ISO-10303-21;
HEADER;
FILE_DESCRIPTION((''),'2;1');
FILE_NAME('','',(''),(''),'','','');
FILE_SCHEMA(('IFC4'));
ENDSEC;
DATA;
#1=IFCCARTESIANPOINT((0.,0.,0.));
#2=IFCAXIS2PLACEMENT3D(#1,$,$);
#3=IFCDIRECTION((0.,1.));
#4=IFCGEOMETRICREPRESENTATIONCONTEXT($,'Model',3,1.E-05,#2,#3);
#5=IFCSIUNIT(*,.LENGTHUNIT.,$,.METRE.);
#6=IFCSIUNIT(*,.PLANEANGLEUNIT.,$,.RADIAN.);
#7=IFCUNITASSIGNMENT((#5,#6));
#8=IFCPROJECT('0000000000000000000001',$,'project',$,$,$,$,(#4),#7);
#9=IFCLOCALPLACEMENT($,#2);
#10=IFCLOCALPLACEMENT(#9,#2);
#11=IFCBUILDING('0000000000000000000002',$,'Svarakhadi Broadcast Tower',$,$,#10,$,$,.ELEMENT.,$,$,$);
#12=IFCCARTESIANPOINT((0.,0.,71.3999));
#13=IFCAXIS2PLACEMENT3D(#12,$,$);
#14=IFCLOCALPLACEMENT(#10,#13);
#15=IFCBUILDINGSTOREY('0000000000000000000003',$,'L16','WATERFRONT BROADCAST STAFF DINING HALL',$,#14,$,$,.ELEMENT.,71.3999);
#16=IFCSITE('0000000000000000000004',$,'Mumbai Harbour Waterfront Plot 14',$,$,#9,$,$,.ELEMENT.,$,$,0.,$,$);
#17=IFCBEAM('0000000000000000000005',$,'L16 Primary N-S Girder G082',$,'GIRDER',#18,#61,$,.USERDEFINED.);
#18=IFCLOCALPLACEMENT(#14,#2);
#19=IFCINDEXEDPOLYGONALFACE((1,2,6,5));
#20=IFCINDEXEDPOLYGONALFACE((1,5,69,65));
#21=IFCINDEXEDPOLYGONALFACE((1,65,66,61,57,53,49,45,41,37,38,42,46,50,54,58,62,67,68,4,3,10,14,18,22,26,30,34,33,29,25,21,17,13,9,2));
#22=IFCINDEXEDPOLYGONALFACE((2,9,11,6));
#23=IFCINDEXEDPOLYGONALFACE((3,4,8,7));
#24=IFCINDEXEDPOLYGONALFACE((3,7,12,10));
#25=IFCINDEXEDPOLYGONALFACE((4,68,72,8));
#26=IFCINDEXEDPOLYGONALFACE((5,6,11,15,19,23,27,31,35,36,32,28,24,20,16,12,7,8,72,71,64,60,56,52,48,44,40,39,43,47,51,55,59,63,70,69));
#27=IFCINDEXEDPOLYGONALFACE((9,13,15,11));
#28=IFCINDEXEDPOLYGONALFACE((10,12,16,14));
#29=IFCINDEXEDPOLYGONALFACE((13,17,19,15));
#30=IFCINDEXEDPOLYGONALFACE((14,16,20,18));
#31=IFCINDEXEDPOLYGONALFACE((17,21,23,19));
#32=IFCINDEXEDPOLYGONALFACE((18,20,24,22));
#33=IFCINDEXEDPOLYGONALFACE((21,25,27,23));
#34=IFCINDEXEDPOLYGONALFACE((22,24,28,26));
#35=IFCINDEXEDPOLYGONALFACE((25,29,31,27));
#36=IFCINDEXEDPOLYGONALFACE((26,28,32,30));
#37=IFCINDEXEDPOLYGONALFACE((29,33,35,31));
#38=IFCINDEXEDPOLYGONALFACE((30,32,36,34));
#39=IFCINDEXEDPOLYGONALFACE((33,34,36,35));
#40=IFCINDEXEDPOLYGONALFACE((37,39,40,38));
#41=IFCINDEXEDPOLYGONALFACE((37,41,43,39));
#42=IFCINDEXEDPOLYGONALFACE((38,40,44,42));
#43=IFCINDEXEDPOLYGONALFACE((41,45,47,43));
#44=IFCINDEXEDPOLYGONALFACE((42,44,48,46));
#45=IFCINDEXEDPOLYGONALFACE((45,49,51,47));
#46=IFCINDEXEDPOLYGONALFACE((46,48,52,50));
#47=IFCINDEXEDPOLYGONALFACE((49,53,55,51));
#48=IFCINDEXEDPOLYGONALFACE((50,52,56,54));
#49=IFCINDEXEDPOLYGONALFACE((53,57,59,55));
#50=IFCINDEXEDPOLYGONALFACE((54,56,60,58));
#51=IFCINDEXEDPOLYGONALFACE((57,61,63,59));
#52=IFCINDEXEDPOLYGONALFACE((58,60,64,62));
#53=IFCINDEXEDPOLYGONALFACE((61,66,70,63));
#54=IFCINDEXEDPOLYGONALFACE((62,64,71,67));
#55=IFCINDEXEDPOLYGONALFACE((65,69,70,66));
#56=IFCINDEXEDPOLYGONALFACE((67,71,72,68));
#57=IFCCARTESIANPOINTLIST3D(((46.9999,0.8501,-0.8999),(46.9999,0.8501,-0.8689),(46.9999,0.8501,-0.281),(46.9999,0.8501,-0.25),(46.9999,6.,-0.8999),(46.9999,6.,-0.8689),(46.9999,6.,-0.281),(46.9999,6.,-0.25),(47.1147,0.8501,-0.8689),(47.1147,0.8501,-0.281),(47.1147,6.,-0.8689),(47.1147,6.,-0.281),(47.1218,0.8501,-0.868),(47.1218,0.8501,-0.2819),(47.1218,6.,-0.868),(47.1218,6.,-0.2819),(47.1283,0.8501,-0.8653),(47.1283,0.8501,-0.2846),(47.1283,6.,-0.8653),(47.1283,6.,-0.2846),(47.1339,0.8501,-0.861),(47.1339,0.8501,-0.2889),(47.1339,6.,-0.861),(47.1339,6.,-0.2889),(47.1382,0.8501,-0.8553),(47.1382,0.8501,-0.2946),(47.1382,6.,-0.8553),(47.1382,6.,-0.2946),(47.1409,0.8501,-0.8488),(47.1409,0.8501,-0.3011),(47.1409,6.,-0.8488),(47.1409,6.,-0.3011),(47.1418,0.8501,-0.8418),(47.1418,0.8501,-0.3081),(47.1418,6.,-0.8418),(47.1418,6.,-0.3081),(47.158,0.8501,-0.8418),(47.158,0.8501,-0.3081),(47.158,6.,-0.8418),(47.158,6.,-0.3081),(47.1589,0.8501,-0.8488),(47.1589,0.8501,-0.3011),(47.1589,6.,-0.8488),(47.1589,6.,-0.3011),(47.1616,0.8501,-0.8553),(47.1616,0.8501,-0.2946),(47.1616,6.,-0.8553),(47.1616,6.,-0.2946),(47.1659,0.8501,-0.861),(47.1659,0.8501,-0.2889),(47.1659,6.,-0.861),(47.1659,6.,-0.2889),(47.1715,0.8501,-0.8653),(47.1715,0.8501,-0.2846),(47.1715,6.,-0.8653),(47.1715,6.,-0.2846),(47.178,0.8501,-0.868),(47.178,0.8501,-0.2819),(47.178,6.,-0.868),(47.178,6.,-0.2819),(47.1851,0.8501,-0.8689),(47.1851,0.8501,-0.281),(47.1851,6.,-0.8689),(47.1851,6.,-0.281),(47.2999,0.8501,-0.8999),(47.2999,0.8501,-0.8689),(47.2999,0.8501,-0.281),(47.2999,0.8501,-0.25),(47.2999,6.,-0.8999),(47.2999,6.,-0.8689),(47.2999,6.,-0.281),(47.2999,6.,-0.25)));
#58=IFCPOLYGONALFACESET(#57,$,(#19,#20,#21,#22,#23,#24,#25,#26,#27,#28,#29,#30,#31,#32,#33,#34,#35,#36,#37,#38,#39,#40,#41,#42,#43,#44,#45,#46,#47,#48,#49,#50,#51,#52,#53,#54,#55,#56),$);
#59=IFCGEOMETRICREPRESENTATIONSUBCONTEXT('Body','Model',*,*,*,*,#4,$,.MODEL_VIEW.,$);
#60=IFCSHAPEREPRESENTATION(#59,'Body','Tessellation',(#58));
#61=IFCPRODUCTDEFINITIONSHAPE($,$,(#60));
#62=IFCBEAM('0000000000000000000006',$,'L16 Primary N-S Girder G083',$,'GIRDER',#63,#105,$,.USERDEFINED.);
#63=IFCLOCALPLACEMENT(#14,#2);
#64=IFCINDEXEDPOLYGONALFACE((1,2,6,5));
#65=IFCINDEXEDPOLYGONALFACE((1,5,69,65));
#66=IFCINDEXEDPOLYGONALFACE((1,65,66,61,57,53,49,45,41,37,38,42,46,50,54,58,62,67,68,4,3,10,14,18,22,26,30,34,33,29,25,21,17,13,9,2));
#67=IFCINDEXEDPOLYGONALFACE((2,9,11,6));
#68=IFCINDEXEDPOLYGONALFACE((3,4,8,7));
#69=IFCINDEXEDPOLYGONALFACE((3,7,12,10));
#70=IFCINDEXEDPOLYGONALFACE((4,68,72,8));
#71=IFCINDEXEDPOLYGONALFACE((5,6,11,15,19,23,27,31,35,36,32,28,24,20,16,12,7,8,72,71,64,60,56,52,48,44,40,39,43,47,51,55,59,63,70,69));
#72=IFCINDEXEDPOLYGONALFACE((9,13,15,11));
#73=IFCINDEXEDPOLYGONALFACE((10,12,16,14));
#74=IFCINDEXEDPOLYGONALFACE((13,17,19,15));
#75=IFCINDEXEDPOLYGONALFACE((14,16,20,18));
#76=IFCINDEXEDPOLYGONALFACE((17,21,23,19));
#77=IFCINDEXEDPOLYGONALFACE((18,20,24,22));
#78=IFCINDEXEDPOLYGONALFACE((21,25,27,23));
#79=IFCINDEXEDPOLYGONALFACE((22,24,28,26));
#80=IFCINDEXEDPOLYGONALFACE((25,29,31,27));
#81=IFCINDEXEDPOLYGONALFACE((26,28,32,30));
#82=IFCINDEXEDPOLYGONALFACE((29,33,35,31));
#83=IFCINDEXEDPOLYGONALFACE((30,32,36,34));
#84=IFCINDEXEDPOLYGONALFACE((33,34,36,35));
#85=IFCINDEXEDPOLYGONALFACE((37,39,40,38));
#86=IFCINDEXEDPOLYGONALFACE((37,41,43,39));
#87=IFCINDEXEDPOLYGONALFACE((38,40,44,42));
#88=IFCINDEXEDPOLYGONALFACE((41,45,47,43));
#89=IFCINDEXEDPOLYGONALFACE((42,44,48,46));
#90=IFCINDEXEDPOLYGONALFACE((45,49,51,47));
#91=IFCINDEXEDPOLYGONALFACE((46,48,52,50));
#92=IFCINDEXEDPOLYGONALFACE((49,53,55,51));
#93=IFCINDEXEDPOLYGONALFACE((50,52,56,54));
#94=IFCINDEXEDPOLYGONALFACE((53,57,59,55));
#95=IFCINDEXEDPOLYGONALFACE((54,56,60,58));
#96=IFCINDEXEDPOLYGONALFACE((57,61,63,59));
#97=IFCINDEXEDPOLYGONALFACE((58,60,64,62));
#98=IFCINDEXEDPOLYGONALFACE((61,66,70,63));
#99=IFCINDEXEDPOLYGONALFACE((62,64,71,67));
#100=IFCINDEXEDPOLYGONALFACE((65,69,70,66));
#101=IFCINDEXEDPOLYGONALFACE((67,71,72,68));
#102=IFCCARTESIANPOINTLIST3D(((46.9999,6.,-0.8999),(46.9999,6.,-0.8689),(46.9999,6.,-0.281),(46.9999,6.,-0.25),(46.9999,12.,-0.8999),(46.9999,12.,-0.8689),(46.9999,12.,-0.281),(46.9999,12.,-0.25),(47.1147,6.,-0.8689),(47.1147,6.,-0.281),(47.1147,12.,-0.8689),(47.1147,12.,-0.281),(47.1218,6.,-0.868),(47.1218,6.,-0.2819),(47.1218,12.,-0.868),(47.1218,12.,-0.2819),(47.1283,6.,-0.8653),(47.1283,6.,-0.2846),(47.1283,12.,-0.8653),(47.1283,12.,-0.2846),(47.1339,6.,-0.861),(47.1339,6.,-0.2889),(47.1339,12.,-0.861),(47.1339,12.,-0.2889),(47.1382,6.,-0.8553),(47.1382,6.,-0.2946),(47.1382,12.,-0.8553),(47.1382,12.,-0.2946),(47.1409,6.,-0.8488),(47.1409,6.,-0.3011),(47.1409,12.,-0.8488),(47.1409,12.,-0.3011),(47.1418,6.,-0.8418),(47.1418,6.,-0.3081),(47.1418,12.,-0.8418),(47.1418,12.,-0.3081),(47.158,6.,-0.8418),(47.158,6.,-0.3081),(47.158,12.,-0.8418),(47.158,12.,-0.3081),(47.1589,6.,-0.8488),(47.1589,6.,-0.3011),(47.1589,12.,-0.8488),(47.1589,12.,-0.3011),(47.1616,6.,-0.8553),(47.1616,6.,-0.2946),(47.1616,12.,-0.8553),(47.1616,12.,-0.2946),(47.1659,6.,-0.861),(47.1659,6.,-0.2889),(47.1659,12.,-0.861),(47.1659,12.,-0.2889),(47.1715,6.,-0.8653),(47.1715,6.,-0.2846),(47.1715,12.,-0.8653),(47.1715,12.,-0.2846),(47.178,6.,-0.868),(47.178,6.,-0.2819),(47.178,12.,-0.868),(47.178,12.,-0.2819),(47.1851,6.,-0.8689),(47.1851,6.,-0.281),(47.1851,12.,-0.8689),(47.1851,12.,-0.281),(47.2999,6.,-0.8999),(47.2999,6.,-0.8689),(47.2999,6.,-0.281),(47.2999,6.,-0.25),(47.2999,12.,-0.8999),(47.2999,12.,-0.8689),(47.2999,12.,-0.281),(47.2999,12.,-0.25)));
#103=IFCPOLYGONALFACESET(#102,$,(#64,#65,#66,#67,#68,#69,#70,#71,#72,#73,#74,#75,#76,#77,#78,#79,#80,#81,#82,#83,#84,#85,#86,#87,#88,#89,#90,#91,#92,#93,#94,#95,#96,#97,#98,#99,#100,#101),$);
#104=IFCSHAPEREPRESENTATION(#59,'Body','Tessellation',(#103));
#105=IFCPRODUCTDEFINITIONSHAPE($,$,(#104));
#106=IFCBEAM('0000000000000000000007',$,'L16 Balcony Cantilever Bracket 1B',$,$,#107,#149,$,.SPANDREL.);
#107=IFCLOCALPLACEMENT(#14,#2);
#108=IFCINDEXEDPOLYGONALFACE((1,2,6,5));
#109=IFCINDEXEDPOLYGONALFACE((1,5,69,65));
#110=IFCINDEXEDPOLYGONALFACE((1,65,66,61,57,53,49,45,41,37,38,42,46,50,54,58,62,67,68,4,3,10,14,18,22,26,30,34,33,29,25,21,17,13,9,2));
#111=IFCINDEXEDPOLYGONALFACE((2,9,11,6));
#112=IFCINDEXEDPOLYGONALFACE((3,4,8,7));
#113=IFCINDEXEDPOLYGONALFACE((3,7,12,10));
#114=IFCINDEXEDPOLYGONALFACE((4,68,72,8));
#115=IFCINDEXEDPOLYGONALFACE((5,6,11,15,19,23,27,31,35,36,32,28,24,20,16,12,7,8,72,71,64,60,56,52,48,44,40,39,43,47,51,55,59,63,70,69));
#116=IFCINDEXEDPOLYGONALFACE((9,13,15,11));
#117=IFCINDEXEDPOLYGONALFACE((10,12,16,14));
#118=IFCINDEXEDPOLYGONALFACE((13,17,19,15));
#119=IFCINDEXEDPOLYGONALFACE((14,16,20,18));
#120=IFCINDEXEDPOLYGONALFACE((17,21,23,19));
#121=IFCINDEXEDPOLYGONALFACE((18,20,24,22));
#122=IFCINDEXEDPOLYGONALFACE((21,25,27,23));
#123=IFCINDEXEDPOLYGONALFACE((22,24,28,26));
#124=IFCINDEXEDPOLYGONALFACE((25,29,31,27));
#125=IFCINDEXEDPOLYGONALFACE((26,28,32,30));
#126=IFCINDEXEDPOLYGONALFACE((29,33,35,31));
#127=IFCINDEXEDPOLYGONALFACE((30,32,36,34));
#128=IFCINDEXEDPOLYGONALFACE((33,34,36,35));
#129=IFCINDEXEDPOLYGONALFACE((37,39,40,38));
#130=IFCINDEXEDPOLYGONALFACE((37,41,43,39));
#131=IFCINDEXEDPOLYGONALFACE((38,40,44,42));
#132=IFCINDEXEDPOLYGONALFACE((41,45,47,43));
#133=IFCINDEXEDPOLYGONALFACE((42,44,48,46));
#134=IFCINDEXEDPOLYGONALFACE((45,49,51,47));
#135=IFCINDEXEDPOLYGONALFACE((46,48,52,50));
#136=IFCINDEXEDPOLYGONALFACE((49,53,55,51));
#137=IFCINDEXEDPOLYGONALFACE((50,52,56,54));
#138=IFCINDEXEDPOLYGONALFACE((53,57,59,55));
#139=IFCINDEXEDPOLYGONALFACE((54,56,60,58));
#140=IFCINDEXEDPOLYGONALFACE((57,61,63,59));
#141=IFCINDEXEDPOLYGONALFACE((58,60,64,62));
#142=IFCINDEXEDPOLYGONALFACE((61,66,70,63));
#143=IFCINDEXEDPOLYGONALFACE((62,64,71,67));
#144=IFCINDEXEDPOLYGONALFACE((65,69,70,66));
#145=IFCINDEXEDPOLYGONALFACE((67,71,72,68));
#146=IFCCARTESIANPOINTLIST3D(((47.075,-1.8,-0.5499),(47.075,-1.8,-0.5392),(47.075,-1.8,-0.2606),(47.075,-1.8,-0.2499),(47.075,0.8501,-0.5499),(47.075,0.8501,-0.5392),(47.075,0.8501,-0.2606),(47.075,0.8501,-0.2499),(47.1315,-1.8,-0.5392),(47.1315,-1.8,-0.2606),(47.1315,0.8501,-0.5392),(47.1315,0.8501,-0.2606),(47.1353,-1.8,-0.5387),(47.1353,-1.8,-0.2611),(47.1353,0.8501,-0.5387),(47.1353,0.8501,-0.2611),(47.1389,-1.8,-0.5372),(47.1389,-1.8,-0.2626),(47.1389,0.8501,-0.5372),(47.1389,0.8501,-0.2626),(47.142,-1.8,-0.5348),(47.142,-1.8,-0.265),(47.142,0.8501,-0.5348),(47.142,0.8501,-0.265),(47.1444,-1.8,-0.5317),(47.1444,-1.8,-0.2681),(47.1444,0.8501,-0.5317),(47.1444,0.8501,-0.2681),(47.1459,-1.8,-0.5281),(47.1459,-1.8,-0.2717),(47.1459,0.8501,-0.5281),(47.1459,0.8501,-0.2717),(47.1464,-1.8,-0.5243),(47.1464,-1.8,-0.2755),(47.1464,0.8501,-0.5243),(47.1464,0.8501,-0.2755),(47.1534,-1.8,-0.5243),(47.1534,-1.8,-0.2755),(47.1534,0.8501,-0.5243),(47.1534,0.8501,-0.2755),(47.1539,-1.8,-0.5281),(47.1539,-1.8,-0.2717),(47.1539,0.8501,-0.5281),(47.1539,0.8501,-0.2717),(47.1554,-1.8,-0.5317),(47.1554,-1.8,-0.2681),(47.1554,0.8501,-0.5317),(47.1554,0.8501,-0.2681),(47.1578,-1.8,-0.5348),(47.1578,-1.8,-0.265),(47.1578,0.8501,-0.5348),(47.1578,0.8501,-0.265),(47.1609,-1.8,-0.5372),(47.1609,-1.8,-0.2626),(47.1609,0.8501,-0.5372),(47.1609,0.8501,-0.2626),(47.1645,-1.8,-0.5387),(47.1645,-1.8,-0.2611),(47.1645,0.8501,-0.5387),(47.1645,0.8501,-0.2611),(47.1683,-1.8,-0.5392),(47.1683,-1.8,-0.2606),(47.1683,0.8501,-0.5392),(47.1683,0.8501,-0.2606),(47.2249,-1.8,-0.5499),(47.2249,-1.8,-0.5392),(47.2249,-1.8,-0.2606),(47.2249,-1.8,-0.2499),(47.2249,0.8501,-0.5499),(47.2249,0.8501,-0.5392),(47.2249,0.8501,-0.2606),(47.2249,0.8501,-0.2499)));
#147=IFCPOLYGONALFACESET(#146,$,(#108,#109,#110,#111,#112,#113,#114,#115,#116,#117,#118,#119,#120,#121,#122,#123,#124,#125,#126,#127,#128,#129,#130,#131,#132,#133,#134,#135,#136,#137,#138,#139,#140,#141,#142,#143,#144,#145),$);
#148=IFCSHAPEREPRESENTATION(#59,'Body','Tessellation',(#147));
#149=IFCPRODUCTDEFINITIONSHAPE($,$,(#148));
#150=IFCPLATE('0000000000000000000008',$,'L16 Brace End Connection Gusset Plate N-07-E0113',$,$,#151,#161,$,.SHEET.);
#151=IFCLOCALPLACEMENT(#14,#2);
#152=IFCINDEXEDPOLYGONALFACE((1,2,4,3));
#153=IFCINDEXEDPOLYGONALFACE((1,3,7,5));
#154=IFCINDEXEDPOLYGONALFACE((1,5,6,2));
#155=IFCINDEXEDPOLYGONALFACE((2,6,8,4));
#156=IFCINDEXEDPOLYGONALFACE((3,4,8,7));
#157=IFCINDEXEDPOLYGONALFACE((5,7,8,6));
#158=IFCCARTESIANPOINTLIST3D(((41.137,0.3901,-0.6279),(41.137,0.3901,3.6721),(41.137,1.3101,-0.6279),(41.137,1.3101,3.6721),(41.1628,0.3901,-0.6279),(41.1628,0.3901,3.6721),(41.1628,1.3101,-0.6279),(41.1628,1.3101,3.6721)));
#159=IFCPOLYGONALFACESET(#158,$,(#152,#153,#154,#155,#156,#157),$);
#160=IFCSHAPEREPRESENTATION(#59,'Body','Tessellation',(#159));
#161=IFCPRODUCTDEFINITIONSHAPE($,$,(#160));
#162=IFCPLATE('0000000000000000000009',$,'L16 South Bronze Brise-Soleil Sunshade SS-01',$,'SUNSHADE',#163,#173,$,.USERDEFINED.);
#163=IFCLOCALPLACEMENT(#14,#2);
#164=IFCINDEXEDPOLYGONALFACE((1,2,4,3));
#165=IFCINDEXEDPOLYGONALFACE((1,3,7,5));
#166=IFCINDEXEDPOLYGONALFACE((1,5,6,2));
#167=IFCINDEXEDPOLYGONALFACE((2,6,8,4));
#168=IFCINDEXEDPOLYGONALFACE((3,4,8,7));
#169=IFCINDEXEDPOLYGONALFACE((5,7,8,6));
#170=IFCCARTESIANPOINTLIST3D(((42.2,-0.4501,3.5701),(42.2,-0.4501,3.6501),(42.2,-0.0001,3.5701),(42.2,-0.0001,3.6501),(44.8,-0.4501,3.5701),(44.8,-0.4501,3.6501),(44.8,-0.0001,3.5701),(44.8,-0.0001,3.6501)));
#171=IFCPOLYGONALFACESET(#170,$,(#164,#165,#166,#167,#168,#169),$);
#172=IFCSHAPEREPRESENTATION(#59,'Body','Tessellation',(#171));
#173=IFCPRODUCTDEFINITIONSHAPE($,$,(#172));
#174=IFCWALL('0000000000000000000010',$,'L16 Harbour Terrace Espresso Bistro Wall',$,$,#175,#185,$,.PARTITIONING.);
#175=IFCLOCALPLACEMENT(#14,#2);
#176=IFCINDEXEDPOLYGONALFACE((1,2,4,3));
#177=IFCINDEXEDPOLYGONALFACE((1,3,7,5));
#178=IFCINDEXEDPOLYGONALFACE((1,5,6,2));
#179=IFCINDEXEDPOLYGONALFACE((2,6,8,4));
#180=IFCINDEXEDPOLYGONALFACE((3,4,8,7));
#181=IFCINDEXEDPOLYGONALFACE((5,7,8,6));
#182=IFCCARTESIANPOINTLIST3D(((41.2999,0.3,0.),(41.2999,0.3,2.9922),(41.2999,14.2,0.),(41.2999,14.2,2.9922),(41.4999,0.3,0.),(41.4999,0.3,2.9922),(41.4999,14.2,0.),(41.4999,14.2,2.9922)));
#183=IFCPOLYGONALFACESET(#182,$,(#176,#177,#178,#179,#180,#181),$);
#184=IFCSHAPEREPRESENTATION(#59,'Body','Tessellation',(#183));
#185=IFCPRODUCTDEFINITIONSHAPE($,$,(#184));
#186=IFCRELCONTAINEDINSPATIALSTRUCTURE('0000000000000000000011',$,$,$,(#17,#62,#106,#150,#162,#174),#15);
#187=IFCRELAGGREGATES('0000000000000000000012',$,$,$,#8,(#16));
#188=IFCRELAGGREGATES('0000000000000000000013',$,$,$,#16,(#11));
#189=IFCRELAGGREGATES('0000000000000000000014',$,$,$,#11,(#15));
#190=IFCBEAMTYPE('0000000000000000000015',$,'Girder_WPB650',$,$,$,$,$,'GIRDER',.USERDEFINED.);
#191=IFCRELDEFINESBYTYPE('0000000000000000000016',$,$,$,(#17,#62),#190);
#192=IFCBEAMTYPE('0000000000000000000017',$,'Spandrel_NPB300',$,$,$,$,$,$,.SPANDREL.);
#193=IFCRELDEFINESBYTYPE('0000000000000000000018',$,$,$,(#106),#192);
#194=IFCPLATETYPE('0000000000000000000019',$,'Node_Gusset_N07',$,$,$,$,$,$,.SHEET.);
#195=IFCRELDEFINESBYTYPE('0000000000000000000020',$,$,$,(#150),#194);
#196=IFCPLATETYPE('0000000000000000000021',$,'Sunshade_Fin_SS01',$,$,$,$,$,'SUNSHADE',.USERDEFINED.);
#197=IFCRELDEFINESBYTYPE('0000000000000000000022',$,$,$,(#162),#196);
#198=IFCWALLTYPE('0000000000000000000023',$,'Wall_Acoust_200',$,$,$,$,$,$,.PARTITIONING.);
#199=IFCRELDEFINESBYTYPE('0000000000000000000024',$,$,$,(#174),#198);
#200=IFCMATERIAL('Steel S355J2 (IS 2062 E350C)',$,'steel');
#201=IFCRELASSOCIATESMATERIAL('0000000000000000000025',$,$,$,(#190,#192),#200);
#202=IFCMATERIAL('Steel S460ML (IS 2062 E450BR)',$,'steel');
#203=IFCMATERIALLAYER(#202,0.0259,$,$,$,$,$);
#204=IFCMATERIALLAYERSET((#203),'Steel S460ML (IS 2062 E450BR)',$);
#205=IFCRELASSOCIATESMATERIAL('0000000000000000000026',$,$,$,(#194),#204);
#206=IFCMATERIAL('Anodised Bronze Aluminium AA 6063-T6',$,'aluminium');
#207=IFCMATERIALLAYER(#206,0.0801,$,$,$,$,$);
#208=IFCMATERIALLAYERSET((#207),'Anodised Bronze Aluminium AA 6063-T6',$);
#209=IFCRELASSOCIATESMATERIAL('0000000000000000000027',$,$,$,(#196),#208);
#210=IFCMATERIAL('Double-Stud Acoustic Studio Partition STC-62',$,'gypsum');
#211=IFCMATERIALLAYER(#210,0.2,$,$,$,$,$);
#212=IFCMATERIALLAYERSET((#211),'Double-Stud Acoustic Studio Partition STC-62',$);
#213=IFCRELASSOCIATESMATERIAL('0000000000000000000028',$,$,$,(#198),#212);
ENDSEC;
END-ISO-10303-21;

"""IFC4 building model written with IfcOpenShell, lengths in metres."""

from ifc_helpers import new_model, si_unit, direction, frame, frame_2d, origin, origin_2d, place, context, subcontext, project, spatial, rectangle, i_section, extrude, material, layer, layer_set, material_profile, profile_set, type_object, element, save


model = new_model("IFC4")

# Units and contexts
model_context = context("Model", 3, precision=1e-05, world=origin(), true_north=direction((0.0, 1.0)))
body_context = subcontext(model_context, "Body", "Model", "MODEL_VIEW")
ifc_project = project(units=[si_unit("LENGTHUNIT", "METRE"), si_unit("PLANEANGLEUNIT", "RADIAN")], contexts=[model_context])

# Site, building, storey
site_placement = place(None, origin())
site = spatial("IfcSite", under=ifc_project, at=site_placement, Name="Mumbai Harbour Waterfront Plot 14", CompositionType="ELEMENT", RefElevation=0.0)
building_placement = place(site_placement, origin())
building = spatial("IfcBuilding", under=site, at=building_placement, Name="Svarakhadi Broadcast Tower", CompositionType="ELEMENT")
storey_placement = place(building_placement, frame((0.0, 0.0, 71.3999)))
storey = spatial("IfcBuildingStorey", under=building, at=storey_placement, Name="L16", Description="WATERFRONT BROADCAST STAFF DINING HALL", CompositionType="ELEMENT", Elevation=71.3999)

# Shared definitions
ifc_material_1 = material(Name="Steel S460ML (IS 2062 E450BR)", Category="steel")

# Beams
ifc_material_2 = material(Name="Steel S355J2 (IS 2062 E350C)", Category="steel")
ifc_material_profile_1 = material_profile(ifc_material_2, i_section(OverallWidth=0.3, OverallDepth=0.6499, WebThickness=0.0161, FlangeThickness=0.031, FilletRadius=0.0271, at=origin_2d()), Name="WPB 650x300x225")
ifc_profile_set_1 = profile_set([ifc_material_profile_1], Name="Steel S355J2 (IS 2062 E350C)")
beam_type_1 = type_object("IfcBeamType", Name="Girder_WPB650", ElementType="GIRDER", PredefinedType="USERDEFINED", material=ifc_profile_set_1)
beam_1_placement = place(storey_placement, frame((47.1499, 0.8501, -0.575), z_axis=(0.0, 1.0, 0.0), x_axis=(-1.0, 0.0, 0.0)))
element("IfcBeam", 1, at=beam_1_placement, inside=storey, type_object=beam_type_1, Name="L16 Primary N-S Girder G082", ObjectType="GIRDER", PredefinedType="USERDEFINED", context=body_context, shape_type="SweptSolid", body=[
    extrude(i_section(OverallWidth=0.3, OverallDepth=0.6499, WebThickness=0.0161, FlangeThickness=0.031, FilletRadius=0.0271, at=origin_2d()), origin(), (0.0, 0.0, 1.0), 5.1499),
])
beam_2_placement = place(storey_placement, frame((47.1499, 6.0, -0.575), z_axis=(0.0, 1.0, 0.0), x_axis=(-1.0, 0.0, 0.0)))
element("IfcBeam", 2, at=beam_2_placement, inside=storey, type_object=beam_type_1, Name="L16 Primary N-S Girder G083", ObjectType="GIRDER", PredefinedType="USERDEFINED", context=body_context, shape_type="SweptSolid", body=[
    extrude(i_section(OverallWidth=0.3, OverallDepth=0.6499, WebThickness=0.0161, FlangeThickness=0.031, FilletRadius=0.0271, at=origin_2d()), origin(), (0.0, 0.0, 1.0), 6.0),
])
ifc_material_profile_2 = material_profile(ifc_material_2, i_section(OverallWidth=0.1499, OverallDepth=0.3, WebThickness=0.0071, FlangeThickness=0.0107, FilletRadius=0.0149, at=origin_2d()), Name="NPB 300x150x37")
ifc_profile_set_2 = profile_set([ifc_material_profile_2], Name="Steel S355J2 (IS 2062 E350C)")
beam_type_2 = type_object("IfcBeamType", Name="Spandrel_NPB300", PredefinedType="SPANDREL", material=ifc_profile_set_2)
beam_3_placement = place(storey_placement, frame((47.1499, 0.8501, -0.3999), z_axis=(0.0, -1.0, 0.0), x_axis=(1.0, 0.0, 0.0)))
element("IfcBeam", 3, at=beam_3_placement, inside=storey, type_object=beam_type_2, Name="L16 Balcony Cantilever Bracket 1B", PredefinedType="SPANDREL", context=body_context, shape_type="SweptSolid", body=[
    extrude(i_section(OverallWidth=0.1499, OverallDepth=0.3, WebThickness=0.0071, FlangeThickness=0.0107, FilletRadius=0.0149, at=origin_2d()), origin(), (0.0, 0.0, 1.0), 2.6501),
])

# Plates
ifc_layer_1 = layer(ifc_material_1, 0.0259)
ifc_layer_set_1 = layer_set([ifc_layer_1], Name="Steel S460ML (IS 2062 E450BR)")
plate_type_1 = type_object("IfcPlateType", Name="Node_Gusset_N07", PredefinedType="SHEET", material=ifc_layer_set_1)
plate_1_placement = place(storey_placement, frame((41.1499, 0.8501, -0.6279), z_axis=(0.0, 0.0, 1.0), x_axis=(0.0, 1.0, 0.0)))
element("IfcPlate", 4, at=plate_1_placement, inside=storey, type_object=plate_type_1, Name="L16 Brace End Connection Gusset Plate N-07-E0113", PredefinedType="SHEET", context=body_context, shape_type="SweptSolid", body=[
    extrude(rectangle(XDim=0.9199, YDim=0.0259, at=origin_2d()), origin(), (0.0, 0.0, 1.0), 4.3),
])
ifc_material_3 = material(Name="Anodised Bronze Aluminium AA 6063-T6", Category="aluminium")
ifc_layer_2 = layer(ifc_material_3, 0.0801)
ifc_layer_set_2 = layer_set([ifc_layer_2], Name="Anodised Bronze Aluminium AA 6063-T6")
plate_type_2 = type_object("IfcPlateType", Name="Sunshade_Fin_SS01", ElementType="SUNSHADE", PredefinedType="USERDEFINED", material=ifc_layer_set_2)
plate_2_placement = place(storey_placement, frame((43.5, -0.2251, 3.5701), z_axis=(0.0, 0.0, 1.0), x_axis=(1.0, 0.0, 0.0)))
element("IfcPlate", 5, at=plate_2_placement, inside=storey, type_object=plate_type_2, Name="L16 South Bronze Brise-Soleil Sunshade SS-01", ObjectType="SUNSHADE", PredefinedType="USERDEFINED", context=body_context, shape_type="SweptSolid", body=[
    extrude(rectangle(XDim=2.6001, YDim=0.45, at=origin_2d()), origin(), (0.0, 0.0, 1.0), 0.0801),
])

# Wall
ifc_material_4 = material(Name="Double-Stud Acoustic Studio Partition STC-62", Category="gypsum")
ifc_layer_3 = layer(ifc_material_4, 0.2)
ifc_layer_set_3 = layer_set([ifc_layer_3], Name="Double-Stud Acoustic Studio Partition STC-62")
wall_type = type_object("IfcWallType", Name="Wall_Acoust_200", PredefinedType="PARTITIONING", material=ifc_layer_set_3)
wall_placement = place(storey_placement, frame((41.3999, 0.3, 0.0), z_axis=(0.0, 0.0, 1.0), x_axis=(0.0, 1.0, 0.0)))
element("IfcWall", 6, at=wall_placement, inside=storey, type_object=wall_type, Name="L16 Harbour Terrace Espresso Bistro Wall", PredefinedType="PARTITIONING", context=body_context, shape_type="SweptSolid", body=[
    extrude(rectangle(XDim=13.8999, YDim=0.2, at=frame_2d((6.95, 0.0))), origin(), (0.0, 0.0, 1.0), 2.9922),
])

save(model, "model.ifc")
